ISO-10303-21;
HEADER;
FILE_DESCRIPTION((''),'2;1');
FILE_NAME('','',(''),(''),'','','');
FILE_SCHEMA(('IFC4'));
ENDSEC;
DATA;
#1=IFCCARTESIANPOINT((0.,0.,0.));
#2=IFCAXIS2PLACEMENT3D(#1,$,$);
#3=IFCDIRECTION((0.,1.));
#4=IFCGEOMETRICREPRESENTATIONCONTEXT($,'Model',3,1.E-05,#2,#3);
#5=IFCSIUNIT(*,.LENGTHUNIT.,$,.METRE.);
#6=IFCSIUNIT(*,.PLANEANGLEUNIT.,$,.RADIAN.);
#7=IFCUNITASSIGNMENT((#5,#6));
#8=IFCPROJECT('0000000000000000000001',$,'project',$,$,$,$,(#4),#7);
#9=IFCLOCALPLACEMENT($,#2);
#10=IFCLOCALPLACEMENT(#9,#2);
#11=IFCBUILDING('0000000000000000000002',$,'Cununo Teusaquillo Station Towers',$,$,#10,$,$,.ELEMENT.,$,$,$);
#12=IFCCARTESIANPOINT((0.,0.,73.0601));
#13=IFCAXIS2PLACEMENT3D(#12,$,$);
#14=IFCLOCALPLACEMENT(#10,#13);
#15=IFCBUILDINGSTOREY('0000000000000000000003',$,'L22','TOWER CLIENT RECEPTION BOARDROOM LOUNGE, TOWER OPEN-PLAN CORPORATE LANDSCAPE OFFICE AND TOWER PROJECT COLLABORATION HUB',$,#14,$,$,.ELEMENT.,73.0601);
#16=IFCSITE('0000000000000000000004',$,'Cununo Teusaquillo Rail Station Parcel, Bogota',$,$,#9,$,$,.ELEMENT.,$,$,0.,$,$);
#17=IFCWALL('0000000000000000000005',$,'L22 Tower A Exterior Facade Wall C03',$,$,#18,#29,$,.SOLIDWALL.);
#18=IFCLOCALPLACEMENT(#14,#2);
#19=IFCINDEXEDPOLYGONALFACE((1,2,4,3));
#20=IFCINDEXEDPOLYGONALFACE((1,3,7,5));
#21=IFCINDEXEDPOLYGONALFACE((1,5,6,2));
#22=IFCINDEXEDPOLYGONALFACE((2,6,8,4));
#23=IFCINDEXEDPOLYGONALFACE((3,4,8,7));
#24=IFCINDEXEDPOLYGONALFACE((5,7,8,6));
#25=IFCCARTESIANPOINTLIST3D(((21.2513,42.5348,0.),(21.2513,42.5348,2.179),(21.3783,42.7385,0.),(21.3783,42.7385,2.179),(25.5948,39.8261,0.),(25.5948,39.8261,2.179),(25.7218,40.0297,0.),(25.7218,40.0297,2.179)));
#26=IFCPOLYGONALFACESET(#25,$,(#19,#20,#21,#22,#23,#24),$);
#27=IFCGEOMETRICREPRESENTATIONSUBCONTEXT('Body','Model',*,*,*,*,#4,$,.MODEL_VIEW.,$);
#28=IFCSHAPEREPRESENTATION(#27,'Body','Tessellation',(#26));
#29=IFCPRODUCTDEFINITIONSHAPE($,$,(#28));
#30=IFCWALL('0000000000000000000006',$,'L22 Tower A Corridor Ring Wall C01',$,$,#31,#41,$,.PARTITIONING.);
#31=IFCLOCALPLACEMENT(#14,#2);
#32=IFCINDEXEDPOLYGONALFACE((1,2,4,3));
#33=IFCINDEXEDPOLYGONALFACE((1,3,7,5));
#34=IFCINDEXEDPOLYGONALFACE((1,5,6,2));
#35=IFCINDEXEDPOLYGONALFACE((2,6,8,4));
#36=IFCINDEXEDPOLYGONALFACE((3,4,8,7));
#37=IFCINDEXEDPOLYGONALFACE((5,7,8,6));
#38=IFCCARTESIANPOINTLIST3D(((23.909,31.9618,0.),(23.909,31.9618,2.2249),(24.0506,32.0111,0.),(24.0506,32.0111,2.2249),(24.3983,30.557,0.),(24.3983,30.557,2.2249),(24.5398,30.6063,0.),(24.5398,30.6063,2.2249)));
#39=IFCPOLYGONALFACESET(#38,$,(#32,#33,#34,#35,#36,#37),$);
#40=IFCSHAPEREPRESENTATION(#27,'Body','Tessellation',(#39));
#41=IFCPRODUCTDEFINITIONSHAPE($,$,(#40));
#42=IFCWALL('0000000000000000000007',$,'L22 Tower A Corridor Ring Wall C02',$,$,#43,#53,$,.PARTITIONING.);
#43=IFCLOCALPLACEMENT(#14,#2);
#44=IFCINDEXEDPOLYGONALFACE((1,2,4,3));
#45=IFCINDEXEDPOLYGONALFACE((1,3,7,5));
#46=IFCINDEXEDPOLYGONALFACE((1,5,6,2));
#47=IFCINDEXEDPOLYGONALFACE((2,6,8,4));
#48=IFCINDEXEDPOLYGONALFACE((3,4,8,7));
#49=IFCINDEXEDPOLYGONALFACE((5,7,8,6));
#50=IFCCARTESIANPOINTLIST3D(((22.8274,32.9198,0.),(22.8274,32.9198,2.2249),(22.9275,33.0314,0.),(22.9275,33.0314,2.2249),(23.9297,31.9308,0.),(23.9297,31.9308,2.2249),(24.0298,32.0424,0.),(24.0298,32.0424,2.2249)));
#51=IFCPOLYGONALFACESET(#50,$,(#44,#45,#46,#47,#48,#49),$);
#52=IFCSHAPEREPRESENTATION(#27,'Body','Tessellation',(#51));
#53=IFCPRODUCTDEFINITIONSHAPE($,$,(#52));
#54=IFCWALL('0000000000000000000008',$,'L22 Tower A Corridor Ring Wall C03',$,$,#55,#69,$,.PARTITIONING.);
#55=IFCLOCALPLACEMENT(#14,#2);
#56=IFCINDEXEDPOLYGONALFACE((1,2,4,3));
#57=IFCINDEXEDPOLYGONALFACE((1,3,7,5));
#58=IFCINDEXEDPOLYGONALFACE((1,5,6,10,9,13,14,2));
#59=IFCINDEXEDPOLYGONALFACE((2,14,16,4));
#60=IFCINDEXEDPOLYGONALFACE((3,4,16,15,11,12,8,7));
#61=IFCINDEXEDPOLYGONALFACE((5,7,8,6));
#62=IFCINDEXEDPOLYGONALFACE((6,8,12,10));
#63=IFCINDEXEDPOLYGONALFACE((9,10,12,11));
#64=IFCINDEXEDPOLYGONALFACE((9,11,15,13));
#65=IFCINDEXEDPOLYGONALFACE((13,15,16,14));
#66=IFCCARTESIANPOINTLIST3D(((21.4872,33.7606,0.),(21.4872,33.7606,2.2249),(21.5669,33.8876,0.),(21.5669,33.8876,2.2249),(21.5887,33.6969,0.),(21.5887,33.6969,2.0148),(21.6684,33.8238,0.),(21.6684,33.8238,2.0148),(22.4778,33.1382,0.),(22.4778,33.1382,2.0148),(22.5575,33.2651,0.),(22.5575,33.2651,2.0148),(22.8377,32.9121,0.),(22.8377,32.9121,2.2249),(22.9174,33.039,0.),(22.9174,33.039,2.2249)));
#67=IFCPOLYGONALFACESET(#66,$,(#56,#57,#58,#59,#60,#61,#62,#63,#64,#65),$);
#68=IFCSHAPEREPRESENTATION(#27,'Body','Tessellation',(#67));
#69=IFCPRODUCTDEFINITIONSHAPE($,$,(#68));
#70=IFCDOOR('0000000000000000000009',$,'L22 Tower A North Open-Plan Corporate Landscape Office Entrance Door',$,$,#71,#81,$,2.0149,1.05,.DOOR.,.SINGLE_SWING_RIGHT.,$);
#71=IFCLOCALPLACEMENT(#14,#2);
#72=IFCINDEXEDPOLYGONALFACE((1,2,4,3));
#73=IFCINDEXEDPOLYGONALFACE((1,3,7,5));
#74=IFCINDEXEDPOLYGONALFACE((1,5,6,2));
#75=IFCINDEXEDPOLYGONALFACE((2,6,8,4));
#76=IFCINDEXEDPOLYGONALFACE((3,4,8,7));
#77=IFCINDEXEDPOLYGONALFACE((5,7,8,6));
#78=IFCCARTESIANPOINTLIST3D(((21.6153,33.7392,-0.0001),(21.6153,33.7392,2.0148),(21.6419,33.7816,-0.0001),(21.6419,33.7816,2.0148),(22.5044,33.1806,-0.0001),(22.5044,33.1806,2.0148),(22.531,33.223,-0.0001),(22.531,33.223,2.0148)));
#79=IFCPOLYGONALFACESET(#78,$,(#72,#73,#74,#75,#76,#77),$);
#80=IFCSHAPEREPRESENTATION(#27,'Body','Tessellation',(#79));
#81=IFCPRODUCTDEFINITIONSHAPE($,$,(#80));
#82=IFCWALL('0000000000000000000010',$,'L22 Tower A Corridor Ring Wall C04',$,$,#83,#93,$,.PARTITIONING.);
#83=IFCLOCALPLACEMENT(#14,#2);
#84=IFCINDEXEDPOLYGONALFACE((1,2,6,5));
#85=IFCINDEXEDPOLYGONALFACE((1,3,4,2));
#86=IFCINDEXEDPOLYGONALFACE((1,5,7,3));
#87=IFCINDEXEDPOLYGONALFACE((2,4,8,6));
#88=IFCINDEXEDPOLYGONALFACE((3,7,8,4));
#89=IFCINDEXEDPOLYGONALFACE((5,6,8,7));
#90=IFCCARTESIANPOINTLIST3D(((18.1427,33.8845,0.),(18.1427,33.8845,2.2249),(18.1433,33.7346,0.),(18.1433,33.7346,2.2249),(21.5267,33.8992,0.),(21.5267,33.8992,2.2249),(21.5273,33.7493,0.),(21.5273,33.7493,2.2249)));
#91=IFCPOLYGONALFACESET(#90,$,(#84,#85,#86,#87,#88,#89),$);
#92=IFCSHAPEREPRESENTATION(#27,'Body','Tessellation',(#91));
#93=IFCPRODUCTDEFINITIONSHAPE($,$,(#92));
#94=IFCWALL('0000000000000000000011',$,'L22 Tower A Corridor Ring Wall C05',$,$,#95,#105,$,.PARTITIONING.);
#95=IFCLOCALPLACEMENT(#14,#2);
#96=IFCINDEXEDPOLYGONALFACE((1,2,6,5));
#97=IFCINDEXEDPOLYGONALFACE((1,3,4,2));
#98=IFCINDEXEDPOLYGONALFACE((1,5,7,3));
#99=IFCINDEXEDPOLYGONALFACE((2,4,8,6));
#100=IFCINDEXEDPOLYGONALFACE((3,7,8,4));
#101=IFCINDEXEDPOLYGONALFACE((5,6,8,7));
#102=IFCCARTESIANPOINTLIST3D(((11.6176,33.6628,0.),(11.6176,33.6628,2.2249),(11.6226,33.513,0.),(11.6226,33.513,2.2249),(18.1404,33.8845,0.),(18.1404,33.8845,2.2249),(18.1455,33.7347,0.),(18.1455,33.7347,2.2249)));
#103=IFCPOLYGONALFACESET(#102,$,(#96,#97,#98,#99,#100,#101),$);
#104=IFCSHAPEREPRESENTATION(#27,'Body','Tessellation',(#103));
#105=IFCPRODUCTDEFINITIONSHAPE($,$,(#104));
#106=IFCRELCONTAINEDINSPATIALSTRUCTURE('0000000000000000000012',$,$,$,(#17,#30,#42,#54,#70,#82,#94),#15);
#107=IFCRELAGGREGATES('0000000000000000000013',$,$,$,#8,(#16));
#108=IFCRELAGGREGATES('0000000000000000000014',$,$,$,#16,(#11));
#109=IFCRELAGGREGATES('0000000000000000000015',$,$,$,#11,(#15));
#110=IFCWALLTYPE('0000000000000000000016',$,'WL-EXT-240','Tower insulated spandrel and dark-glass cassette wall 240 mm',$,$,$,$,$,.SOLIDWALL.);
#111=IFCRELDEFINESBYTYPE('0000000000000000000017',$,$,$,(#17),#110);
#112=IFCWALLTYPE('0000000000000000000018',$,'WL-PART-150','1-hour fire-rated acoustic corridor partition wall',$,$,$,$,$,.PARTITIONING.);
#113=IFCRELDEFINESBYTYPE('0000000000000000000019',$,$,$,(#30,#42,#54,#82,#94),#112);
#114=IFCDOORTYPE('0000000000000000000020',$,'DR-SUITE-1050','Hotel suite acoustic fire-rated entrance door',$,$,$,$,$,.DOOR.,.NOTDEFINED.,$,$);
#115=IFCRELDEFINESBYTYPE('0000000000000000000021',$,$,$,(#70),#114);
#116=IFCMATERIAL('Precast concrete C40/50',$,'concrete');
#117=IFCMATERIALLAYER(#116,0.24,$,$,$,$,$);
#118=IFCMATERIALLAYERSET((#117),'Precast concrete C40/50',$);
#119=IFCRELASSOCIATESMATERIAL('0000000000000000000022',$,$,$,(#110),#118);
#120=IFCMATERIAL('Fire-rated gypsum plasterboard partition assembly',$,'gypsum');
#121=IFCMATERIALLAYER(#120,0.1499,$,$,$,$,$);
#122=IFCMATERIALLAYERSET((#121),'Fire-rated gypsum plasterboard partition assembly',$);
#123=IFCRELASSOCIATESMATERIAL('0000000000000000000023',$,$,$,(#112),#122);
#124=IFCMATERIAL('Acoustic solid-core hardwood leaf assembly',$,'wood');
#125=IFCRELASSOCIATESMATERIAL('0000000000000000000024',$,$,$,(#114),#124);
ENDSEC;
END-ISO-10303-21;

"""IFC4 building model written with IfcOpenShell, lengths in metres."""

from ifc_helpers import new_model, si_unit, direction, frame, frame_2d, origin, place, context, subcontext, project, spatial, rectangle, extrude, source, transform, mapped, material, layer, layer_set, type_object, element, fill, save


model = new_model("IFC4")

# Units and contexts
model_context = context("Model", 3, precision=1e-05, world=origin(), true_north=direction((0.0, 1.0)))
body_context = subcontext(model_context, "Body", "Model", "MODEL_VIEW")
ifc_project = project(units=[si_unit("LENGTHUNIT", "METRE"), si_unit("PLANEANGLEUNIT", "RADIAN")], contexts=[model_context])

# Site, building, storey
site_placement = place(None, origin())
site = spatial("IfcSite", under=ifc_project, at=site_placement, Name="Cununo Teusaquillo Rail Station Parcel, Bogota", CompositionType="ELEMENT", RefElevation=0.0)
building_placement = place(site_placement, origin())
building = spatial("IfcBuilding", under=site, at=building_placement, Name="Cununo Teusaquillo Station Towers", CompositionType="ELEMENT")
storey_placement = place(building_placement, frame((0.0, 0.0, 73.0601)))
storey = spatial("IfcBuildingStorey", under=building, at=storey_placement, Name="L22", Description="TOWER CLIENT RECEPTION BOARDROOM LOUNGE, TOWER OPEN-PLAN CORPORATE LANDSCAPE OFFICE AND TOWER PROJECT COLLABORATION HUB", CompositionType="ELEMENT", Elevation=73.0601)

# Shared definitions
ifc_material_1 = material(Name="Precast concrete C40/50", Category="concrete")
ifc_layer_1 = layer(ifc_material_1, 0.24)
ifc_layer_set_1 = layer_set([ifc_layer_1], Name="Precast concrete C40/50")
wall_type_1 = type_object("IfcWallType", Name="WL-EXT-240", Description="Tower insulated spandrel and dark-glass cassette wall 240 mm", PredefinedType="SOLIDWALL", material=ifc_layer_set_1)

# Walls
wall_1_placement = place(storey_placement, frame((21.3147, 42.6367, 0.0), z_axis=(0.0, 0.0, 1.0), x_axis=(0.84852, -0.529163, 0.0)))
element("IfcWall", 1, at=wall_1_placement, inside=storey, type_object=wall_type_1, Name="L22 Tower A Exterior Facade Wall C03", PredefinedType="SOLIDWALL", context=body_context, shape_type="SweptSolid", body=[
    extrude(rectangle(XDim=5.1189, YDim=0.24, at=frame_2d((2.5596, 0.0))), origin(), (0.0, 0.0, 1.0), 2.179),
])
ifc_material_2 = material(Name="Fire-rated gypsum plasterboard partition assembly", Category="gypsum")
ifc_layer_2 = layer(ifc_material_2, 0.1499)
ifc_layer_set_2 = layer_set([ifc_layer_2], Name="Fire-rated gypsum plasterboard partition assembly")
wall_type_2 = type_object("IfcWallType", Name="WL-PART-150", Description="1-hour fire-rated acoustic corridor partition wall", PredefinedType="PARTITIONING", material=ifc_layer_set_2)
wall_2_placement = place(storey_placement, frame((24.469, 30.5818, 0.0), z_axis=(0.0, 0.0, 1.0), x_axis=(-0.328903, 0.944364, 0.0)))
element("IfcWall", 2, at=wall_2_placement, inside=storey, type_object=wall_type_2, Name="L22 Tower A Corridor Ring Wall C01", PredefinedType="PARTITIONING", context=body_context, shape_type="SweptSolid", body=[
    extrude(rectangle(XDim=1.4875, YDim=0.1499, at=frame_2d((0.7437, 0.0))), origin(), (0.0, 0.0, 1.0), 2.2249),
])
wall_3_placement = place(storey_placement, frame((23.9797, 31.9866, 0.0), z_axis=(0.0, 0.0, 1.0), x_axis=(-0.744318, 0.667825, 0.0)))
element("IfcWall", 3, at=wall_3_placement, inside=storey, type_object=wall_type_2, Name="L22 Tower A Corridor Ring Wall C02", PredefinedType="PARTITIONING", context=body_context, shape_type="SweptSolid", body=[
    extrude(rectangle(XDim=1.481, YDim=0.1499, at=frame_2d((0.7405, 0.0))), origin(), (0.0, 0.0, 1.0), 2.2249),
])

# Wall, opening, door
wall_4_placement = place(storey_placement, frame((22.8774, 32.9756, 0.0), z_axis=(0.0, 0.0, 1.0), x_axis=(-0.846723, 0.532034, 0.0)))
wall_4 = element("IfcWall", 4, at=wall_4_placement, inside=storey, type_object=wall_type_2, Name="L22 Tower A Corridor Ring Wall C03", PredefinedType="PARTITIONING", context=body_context, shape_type="SweptSolid", body=[
    extrude(rectangle(XDim=1.595, YDim=0.1499, at=frame_2d((0.7974, 0.0))), origin(), (0.0, 0.0, 1.0), 2.2249),
])
shared_shape_1 = source(origin(), body_context, "Body", "SweptSolid", [
    extrude(rectangle(XDim=1.05, YDim=2.0149, at=frame_2d((0.5249, 1.0073))), frame((0.0, 0.085, 0.0), z_axis=(0.0, -1.0, 0.0), x_axis=(1.0, 0.0, 0.0)), (0.0, 0.0, 1.0), 0.1699),
])
opening_1_placement = place(wall_4_placement, frame((0.425, 0.0, 0.0)))
opening_1 = element("IfcOpeningElement", 5, at=opening_1_placement, cuts=wall_4, PredefinedType="OPENING", context=body_context, shape_type="MappedRepresentation", body=[
    mapped(shared_shape_1, transform((0.0, 0.0, 0.0), x_axis=(1.0, 0.0, 0.0), y_axis=(0.0, 1.0, 0.0), z_axis=(0.0, 0.0, 1.0), scale=1.0)),
])
ifc_material_3 = material(Name="Acoustic solid-core hardwood leaf assembly", Category="wood")
door_type = type_object("IfcDoorType", Name="DR-SUITE-1050", Description="Hotel suite acoustic fire-rated entrance door", OperationType="NOTDEFINED", PredefinedType="DOOR", material=ifc_material_3)
shared_shape_2 = source(origin(), body_context, "Body", "SweptSolid", [
    extrude(rectangle(XDim=1.05, YDim=2.0149, at=frame_2d((0.5249, 1.0073))), frame((0.0, 0.0249, 0.0), z_axis=(0.0, -1.0, 0.0), x_axis=(1.0, 0.0, 0.0)), (0.0, 0.0, 1.0), 0.05),
])
door_placement = place(opening_1_placement, origin())
door = element("IfcDoor", 6, at=door_placement, inside=storey, type_object=door_type, Name="L22 Tower A North Open-Plan Corporate Landscape Office Entrance Door", OperationType="SINGLE_SWING_RIGHT", OverallHeight=2.0149, OverallWidth=1.05, PredefinedType="DOOR", context=body_context, shape_type="MappedRepresentation", body=[
    mapped(shared_shape_2, transform((0.0, 0.0, 0.0), x_axis=(1.0, 0.0, 0.0), y_axis=(0.0, 1.0, 0.0), z_axis=(0.0, 0.0, 1.0), scale=1.0)),
])
fill(opening_1, door)

# Walls
wall_5_placement = place(storey_placement, frame((21.5269, 33.8242, 0.0), z_axis=(0.0, 0.0, 1.0), x_axis=(-0.999991, -0.004329, 0.0)))
element("IfcWall", 7, at=wall_5_placement, inside=storey, type_object=wall_type_2, Name="L22 Tower A Corridor Ring Wall C04", PredefinedType="PARTITIONING", context=body_context, shape_type="SweptSolid", body=[
    extrude(rectangle(XDim=3.384, YDim=0.1499, at=frame_2d((1.6919, 0.0))), origin(), (0.0, 0.0, 1.0), 2.2249),
])
wall_6_placement = place(storey_placement, frame((18.1428, 33.8096, 0.0), z_axis=(0.0, 0.0, 1.0), x_axis=(-0.999423, -0.033965, 0.0)))
element("IfcWall", 8, at=wall_6_placement, inside=storey, type_object=wall_type_2, Name="L22 Tower A Corridor Ring Wall C05", PredefinedType="PARTITIONING", context=body_context, shape_type="SweptSolid", body=[
    extrude(rectangle(XDim=6.5266, YDim=0.1499, at=frame_2d((3.2632, 0.0))), origin(), (0.0, 0.0, 1.0), 2.2249),
])

save(model, "model.ifc")
